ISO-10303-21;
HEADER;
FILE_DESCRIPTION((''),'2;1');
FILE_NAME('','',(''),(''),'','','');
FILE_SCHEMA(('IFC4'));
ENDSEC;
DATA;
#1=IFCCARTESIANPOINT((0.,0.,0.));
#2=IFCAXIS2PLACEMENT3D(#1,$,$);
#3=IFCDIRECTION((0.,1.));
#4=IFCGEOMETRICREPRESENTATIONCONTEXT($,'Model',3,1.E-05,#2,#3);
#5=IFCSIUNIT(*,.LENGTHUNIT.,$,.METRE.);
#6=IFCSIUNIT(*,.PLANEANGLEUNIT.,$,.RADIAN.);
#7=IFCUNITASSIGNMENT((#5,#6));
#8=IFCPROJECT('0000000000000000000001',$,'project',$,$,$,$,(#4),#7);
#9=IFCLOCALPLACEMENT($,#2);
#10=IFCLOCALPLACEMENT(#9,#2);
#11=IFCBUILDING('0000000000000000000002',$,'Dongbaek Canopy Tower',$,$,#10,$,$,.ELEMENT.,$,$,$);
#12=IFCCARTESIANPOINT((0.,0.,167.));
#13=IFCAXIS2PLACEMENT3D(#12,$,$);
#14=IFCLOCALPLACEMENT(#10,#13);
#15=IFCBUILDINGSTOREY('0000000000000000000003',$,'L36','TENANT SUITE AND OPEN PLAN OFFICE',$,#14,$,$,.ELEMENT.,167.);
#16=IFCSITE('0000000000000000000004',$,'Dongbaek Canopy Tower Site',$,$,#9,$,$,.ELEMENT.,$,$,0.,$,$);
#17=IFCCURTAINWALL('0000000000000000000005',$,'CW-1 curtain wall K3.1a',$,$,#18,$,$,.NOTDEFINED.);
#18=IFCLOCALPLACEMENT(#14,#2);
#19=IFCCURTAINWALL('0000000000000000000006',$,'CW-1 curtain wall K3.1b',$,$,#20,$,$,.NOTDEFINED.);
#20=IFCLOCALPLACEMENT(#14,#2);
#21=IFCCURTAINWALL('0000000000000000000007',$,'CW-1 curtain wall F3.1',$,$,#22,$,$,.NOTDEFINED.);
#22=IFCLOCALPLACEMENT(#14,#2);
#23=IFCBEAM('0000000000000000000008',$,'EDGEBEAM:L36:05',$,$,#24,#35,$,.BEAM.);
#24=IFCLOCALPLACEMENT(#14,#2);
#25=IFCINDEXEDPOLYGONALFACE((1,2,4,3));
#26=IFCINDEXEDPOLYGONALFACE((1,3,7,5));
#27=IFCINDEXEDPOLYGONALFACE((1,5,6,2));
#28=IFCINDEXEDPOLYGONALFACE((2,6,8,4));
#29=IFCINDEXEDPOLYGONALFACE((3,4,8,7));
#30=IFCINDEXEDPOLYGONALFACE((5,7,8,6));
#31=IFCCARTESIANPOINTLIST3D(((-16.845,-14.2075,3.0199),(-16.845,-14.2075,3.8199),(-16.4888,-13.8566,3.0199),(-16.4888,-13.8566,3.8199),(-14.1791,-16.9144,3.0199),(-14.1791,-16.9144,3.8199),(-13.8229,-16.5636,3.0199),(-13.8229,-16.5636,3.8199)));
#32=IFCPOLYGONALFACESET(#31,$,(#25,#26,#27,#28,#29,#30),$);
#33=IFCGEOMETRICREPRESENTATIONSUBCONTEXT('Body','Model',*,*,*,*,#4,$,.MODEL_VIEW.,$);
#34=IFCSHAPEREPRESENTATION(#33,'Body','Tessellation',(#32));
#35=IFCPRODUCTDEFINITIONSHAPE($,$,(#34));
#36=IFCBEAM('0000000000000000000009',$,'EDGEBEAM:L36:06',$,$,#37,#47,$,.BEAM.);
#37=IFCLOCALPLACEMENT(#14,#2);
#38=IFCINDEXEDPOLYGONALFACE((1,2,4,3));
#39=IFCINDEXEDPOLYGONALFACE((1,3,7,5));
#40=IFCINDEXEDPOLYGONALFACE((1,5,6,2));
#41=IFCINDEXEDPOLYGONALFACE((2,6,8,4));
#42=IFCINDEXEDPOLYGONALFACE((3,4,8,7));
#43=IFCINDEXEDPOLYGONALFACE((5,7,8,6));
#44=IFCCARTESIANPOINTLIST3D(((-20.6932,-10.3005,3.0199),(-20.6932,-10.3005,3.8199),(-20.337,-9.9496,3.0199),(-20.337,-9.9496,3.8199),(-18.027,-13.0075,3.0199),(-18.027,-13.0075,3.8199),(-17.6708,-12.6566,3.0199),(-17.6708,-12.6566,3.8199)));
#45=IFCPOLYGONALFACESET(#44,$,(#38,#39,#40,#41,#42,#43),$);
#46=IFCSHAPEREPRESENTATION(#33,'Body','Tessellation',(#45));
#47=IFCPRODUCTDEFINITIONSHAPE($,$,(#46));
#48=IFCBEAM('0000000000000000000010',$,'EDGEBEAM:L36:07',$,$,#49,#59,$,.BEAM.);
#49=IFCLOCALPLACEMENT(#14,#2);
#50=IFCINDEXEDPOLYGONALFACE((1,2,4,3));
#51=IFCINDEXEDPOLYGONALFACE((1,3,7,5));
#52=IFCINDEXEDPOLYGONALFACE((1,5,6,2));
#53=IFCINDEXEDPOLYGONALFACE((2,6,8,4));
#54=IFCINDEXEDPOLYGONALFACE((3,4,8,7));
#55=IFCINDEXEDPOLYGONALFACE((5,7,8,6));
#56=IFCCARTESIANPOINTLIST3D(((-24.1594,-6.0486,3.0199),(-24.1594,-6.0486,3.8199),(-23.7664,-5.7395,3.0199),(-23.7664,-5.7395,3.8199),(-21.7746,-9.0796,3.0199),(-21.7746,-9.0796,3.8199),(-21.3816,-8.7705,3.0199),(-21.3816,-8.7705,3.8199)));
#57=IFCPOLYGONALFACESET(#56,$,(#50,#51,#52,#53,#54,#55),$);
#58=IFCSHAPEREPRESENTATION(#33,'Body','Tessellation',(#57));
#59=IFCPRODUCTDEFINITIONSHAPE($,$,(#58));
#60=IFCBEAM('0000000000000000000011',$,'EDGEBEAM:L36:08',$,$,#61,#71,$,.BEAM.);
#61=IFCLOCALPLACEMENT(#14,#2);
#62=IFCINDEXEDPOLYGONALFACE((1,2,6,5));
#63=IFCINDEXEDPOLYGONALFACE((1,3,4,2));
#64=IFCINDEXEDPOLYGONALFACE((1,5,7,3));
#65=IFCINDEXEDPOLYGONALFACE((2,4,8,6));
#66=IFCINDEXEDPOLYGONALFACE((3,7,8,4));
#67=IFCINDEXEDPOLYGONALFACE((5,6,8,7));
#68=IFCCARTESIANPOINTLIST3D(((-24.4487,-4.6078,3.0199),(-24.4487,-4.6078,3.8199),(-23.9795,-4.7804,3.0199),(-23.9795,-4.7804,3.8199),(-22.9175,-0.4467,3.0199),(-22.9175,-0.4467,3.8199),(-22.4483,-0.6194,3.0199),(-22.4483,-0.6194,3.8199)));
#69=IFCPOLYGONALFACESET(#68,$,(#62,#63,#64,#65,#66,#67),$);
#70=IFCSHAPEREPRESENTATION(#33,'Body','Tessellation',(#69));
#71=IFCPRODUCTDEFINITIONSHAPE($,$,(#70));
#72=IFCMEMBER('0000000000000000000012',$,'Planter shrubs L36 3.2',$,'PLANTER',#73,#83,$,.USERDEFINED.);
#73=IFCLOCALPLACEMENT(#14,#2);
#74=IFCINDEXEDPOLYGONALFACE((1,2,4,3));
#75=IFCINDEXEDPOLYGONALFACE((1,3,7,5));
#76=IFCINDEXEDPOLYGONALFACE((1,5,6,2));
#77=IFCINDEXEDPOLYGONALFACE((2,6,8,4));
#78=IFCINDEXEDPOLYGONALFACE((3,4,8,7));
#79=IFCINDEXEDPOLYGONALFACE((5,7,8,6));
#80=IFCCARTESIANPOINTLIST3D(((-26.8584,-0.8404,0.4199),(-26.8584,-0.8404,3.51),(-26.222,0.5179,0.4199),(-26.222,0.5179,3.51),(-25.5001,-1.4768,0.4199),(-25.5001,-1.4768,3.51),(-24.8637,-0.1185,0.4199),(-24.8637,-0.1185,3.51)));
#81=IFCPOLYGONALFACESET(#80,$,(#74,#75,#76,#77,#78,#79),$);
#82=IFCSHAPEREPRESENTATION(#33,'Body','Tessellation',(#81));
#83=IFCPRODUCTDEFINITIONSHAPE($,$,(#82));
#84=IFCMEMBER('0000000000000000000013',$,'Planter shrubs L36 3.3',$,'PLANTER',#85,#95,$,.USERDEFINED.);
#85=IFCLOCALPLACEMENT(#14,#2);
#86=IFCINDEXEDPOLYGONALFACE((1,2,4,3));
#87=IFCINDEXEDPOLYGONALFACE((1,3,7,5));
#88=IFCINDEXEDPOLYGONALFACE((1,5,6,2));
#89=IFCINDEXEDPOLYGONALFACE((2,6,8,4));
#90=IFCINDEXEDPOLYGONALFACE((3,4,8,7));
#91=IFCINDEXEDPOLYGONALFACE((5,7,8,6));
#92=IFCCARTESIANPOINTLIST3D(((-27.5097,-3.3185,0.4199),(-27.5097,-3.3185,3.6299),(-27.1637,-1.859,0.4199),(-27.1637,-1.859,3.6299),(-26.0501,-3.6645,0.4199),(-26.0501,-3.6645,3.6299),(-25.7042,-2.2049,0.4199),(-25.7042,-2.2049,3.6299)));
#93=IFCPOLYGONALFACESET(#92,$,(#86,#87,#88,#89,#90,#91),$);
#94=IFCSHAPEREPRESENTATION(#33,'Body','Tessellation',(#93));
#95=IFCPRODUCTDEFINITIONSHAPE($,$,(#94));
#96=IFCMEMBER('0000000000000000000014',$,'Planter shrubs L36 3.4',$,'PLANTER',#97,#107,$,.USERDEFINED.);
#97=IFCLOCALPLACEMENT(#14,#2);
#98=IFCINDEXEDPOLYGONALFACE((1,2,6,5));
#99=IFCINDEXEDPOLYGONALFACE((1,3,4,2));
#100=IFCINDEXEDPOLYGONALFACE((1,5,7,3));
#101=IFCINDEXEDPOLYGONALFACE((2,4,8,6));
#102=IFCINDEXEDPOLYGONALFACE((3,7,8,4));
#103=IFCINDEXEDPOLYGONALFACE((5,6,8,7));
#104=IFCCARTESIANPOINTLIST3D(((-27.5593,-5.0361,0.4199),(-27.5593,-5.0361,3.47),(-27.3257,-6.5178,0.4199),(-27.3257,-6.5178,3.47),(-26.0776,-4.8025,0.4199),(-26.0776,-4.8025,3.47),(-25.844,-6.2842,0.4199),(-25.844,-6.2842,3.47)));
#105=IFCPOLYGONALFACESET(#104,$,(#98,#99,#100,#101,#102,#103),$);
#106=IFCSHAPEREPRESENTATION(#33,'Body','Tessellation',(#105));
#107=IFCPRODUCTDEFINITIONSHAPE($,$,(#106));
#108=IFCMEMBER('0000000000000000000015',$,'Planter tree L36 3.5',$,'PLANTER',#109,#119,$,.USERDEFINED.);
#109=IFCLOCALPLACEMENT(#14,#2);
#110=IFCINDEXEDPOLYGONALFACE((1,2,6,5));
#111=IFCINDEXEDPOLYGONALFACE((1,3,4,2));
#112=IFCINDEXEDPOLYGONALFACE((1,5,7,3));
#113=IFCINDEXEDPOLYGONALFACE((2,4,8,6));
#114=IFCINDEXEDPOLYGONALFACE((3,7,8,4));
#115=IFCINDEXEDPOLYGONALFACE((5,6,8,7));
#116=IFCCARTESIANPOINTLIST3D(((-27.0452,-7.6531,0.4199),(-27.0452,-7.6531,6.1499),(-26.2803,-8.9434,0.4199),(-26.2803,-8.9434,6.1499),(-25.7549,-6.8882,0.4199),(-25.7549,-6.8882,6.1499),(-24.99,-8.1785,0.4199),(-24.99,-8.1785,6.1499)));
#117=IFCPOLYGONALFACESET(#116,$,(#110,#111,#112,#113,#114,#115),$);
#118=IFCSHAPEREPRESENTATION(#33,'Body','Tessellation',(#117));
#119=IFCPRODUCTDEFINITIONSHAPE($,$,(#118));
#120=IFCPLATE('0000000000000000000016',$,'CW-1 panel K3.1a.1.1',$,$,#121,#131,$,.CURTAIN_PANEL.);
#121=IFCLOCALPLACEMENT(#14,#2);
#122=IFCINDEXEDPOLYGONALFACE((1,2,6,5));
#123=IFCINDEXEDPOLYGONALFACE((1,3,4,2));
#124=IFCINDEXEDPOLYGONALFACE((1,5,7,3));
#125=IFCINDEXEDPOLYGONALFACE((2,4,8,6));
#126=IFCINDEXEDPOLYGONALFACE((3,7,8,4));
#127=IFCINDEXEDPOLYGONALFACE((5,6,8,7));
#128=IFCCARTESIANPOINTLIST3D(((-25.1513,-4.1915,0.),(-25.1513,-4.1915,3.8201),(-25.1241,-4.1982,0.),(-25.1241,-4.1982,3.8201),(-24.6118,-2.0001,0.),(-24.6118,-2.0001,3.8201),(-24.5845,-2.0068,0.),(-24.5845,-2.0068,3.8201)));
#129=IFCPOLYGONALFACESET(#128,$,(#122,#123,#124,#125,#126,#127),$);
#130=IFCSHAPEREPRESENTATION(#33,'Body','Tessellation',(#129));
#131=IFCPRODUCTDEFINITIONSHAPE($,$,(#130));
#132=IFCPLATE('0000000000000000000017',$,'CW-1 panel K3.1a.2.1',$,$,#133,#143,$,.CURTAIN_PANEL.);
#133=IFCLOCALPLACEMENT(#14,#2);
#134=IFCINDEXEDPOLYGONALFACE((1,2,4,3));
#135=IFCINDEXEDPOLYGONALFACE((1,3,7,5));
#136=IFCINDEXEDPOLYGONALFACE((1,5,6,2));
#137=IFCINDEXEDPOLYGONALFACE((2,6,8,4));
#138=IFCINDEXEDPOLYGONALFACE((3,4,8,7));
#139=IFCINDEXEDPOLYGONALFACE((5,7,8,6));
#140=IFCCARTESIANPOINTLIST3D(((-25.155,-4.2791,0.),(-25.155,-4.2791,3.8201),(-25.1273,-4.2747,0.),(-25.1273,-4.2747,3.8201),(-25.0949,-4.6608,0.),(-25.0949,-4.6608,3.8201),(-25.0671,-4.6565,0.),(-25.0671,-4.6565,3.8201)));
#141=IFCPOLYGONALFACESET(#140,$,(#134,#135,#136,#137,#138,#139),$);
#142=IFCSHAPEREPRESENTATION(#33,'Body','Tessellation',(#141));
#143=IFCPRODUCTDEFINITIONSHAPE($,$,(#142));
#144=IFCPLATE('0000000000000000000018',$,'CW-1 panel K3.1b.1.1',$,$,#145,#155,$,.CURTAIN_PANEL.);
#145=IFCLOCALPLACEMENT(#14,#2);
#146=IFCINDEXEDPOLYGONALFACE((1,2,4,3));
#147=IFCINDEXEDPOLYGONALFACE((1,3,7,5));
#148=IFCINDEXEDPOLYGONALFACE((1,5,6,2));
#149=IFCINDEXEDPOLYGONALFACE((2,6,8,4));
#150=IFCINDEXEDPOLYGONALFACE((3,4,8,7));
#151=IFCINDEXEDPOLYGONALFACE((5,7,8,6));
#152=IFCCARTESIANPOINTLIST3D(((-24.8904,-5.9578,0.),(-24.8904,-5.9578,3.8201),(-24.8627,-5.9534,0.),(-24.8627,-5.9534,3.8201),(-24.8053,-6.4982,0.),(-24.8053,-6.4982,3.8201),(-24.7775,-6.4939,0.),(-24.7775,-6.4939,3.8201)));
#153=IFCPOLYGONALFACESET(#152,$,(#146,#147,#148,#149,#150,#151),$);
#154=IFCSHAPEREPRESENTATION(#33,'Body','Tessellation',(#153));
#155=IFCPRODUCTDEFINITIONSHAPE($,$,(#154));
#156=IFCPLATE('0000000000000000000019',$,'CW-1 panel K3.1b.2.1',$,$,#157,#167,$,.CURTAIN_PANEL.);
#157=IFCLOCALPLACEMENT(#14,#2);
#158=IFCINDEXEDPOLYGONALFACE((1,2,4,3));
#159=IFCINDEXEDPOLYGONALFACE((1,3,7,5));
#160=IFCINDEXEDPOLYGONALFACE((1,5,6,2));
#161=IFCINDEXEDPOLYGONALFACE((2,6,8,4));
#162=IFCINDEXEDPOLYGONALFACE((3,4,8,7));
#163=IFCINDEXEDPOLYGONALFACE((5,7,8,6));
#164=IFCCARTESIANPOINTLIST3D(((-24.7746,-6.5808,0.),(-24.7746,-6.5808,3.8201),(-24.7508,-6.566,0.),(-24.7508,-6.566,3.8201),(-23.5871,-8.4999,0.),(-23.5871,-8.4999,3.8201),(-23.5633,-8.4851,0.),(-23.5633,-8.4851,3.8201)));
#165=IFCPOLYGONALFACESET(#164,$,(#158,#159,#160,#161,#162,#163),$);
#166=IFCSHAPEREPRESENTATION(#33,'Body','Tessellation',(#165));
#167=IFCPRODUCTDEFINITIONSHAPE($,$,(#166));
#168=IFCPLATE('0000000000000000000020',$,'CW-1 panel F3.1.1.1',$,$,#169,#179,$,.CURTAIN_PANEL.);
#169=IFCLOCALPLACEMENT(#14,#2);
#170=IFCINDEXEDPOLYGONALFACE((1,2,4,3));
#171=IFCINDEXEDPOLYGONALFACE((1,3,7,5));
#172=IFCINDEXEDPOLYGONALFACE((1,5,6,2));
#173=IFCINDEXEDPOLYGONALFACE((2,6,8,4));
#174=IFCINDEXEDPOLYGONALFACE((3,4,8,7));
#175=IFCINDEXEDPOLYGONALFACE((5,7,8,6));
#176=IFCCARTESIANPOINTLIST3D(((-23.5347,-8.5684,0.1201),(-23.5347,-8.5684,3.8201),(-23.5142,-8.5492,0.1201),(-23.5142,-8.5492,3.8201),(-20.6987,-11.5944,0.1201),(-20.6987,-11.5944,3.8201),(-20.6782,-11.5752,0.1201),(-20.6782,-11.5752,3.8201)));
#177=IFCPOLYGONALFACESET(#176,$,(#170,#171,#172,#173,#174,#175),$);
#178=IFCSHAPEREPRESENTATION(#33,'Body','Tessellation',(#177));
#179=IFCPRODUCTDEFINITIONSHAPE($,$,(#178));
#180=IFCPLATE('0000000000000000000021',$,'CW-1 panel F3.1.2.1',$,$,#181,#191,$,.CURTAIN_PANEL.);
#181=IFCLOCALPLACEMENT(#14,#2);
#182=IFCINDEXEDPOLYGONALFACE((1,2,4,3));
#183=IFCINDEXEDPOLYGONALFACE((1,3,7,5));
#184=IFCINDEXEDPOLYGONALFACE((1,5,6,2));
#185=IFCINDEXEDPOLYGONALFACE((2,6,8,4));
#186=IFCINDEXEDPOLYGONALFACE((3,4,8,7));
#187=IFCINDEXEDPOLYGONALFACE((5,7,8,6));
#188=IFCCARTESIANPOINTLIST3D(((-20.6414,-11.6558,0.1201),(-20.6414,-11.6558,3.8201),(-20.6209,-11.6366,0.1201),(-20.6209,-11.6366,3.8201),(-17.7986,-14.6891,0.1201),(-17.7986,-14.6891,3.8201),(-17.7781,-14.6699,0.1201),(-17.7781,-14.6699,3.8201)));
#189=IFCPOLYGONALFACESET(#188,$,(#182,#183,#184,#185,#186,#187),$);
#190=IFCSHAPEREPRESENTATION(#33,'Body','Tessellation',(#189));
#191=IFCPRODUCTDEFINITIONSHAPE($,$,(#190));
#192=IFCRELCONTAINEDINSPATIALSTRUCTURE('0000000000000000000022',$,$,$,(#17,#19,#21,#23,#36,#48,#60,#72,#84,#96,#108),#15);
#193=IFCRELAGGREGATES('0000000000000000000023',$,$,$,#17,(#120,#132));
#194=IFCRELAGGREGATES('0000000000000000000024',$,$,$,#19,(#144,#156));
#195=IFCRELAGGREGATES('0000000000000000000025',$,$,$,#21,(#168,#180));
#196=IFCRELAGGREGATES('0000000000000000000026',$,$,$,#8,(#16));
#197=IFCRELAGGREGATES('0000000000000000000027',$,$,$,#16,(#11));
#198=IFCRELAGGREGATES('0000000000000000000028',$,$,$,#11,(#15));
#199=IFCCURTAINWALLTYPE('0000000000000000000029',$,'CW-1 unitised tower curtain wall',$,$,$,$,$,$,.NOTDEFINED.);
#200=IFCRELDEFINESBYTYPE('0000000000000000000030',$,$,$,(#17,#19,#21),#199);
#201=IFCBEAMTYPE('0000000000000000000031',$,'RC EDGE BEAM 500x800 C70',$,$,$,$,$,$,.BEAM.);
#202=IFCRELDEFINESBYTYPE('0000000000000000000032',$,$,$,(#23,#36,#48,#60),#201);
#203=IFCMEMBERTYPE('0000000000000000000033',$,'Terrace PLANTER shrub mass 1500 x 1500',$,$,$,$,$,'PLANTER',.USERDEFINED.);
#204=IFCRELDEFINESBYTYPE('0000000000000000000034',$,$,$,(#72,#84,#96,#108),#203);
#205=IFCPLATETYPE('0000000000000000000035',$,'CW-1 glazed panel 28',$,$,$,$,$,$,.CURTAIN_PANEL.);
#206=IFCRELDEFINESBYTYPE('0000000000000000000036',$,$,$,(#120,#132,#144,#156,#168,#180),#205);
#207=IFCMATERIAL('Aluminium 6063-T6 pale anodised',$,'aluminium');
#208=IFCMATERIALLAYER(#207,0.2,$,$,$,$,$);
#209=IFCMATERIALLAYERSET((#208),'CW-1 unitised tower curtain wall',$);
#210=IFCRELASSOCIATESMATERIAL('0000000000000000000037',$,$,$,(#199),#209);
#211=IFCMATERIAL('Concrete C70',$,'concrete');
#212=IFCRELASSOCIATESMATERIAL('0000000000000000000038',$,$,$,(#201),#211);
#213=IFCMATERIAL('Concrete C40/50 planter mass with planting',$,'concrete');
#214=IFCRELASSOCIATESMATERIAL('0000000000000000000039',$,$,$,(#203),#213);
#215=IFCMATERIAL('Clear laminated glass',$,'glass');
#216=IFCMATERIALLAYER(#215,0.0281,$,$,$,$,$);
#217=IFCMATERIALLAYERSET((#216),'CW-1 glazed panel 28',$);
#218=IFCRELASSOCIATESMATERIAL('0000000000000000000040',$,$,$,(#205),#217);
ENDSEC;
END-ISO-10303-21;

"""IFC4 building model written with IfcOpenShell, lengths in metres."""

from ifc_helpers import new_model, si_unit, direction, frame, origin, origin_2d, place, context, subcontext, project, spatial, rectangle, extrude, material, layer, layer_set, material_profile, profile_set, type_object, element, aggregate, save


model = new_model("IFC4")

# Units and contexts
model_context = context("Model", 3, precision=1e-05, world=origin(), true_north=direction((0.0, 1.0)))
body_context = subcontext(model_context, "Body", "Model", "MODEL_VIEW")
ifc_project = project(units=[si_unit("LENGTHUNIT", "METRE"), si_unit("PLANEANGLEUNIT", "RADIAN")], contexts=[model_context])

# Site, building, storey
site_placement = place(None, origin())
site = spatial("IfcSite", under=ifc_project, at=site_placement, Name="Dongbaek Canopy Tower Site", CompositionType="ELEMENT", RefElevation=0.0)
building_placement = place(site_placement, origin())
building = spatial("IfcBuilding", under=site, at=building_placement, Name="Dongbaek Canopy Tower", CompositionType="ELEMENT")
storey_placement = place(building_placement, frame((0.0, 0.0, 167.0)))
storey = spatial("IfcBuildingStorey", under=building, at=storey_placement, Name="L36", Description="TENANT SUITE AND OPEN PLAN OFFICE", CompositionType="ELEMENT", Elevation=167.0)

# Curtain walls
ifc_material_1 = material(Name="Aluminium 6063-T6 pale anodised", Category="aluminium")
ifc_layer_1 = layer(ifc_material_1, 0.2)
ifc_layer_set_1 = layer_set([ifc_layer_1], Name="CW-1 unitised tower curtain wall")
curtain_wall_type = type_object("IfcCurtainWallType", Name="CW-1 unitised tower curtain wall", PredefinedType="NOTDEFINED", material=ifc_layer_set_1)
curtain_wall_1_placement = place(storey_placement, origin())
curtain_wall_1 = element("IfcCurtainWall", 1, at=curtain_wall_1_placement, inside=storey, type_object=curtain_wall_type, Name="CW-1 curtain wall K3.1a", PredefinedType="NOTDEFINED")
curtain_wall_2_placement = place(storey_placement, origin())
curtain_wall_2 = element("IfcCurtainWall", 2, at=curtain_wall_2_placement, inside=storey, type_object=curtain_wall_type, Name="CW-1 curtain wall K3.1b", PredefinedType="NOTDEFINED")
curtain_wall_3_placement = place(storey_placement, origin())
curtain_wall_3 = element("IfcCurtainWall", 3, at=curtain_wall_3_placement, inside=storey, type_object=curtain_wall_type, Name="CW-1 curtain wall F3.1", PredefinedType="NOTDEFINED")

# Beams
ifc_material_2 = material(Name="Concrete C70", Category="concrete")
ifc_material_profile_1 = material_profile(ifc_material_2, rectangle(XDim=0.5, YDim=0.8, at=origin_2d()), Name="RC EDGE BEAM 500x800 C70")
ifc_profile_set_1 = profile_set([ifc_material_profile_1], Name="Concrete C70")
beam_type = type_object("IfcBeamType", Name="RC EDGE BEAM 500x800 C70", PredefinedType="BEAM", material=ifc_profile_set_1)
beam_1_placement = place(storey_placement, frame((-14.001, -16.739, 3.4199), z_axis=(-0.701689, 0.712484, 0.0), x_axis=(-0.712484, -0.701689, 0.0)))
element("IfcBeam", 4, at=beam_1_placement, inside=storey, type_object=beam_type, Name="EDGEBEAM:L36:05", PredefinedType="BEAM", context=body_context, shape_type="SweptSolid", body=[
    extrude(rectangle(XDim=0.5, YDim=0.8, at=origin_2d()), origin(), (0.0, 0.0, 1.0), 3.7993),
])
beam_2_placement = place(storey_placement, frame((-17.8489, -12.832, 3.4199), z_axis=(-0.701721, 0.712452, 0.0), x_axis=(-0.712452, -0.701721, 0.0)))
element("IfcBeam", 5, at=beam_2_placement, inside=storey, type_object=beam_type, Name="EDGEBEAM:L36:06", PredefinedType="BEAM", context=body_context, shape_type="SweptSolid", body=[
    extrude(rectangle(XDim=0.5, YDim=0.8, at=origin_2d()), origin(), (0.0, 0.0, 1.0), 3.7996),
])
beam_3_placement = place(storey_placement, frame((-21.5781, -8.925, 3.4199), z_axis=(-0.618344, 0.785907, 0.0), x_axis=(-0.785907, -0.618344, 0.0)))
element("IfcBeam", 6, at=beam_3_placement, inside=storey, type_object=beam_type, Name="EDGEBEAM:L36:07", PredefinedType="BEAM", context=body_context, shape_type="SweptSolid", body=[
    extrude(rectangle(XDim=0.5, YDim=0.8, at=origin_2d()), origin(), (0.0, 0.0, 1.0), 3.8567),
])
beam_4_placement = place(storey_placement, frame((-24.2141, -4.6941, 3.4199), z_axis=(0.345348, 0.938475, 0.0), x_axis=(-0.938475, 0.345348, 0.0)))
element("IfcBeam", 7, at=beam_4_placement, inside=storey, type_object=beam_type, Name="EDGEBEAM:L36:08", PredefinedType="BEAM", context=body_context, shape_type="SweptSolid", body=[
    extrude(rectangle(XDim=0.5, YDim=0.8, at=origin_2d()), origin(), (0.0, 0.0, 1.0), 4.4338),
])

# Members
ifc_material_3 = material(Name="Concrete C40/50 planter mass with planting", Category="concrete")
ifc_material_profile_2 = material_profile(ifc_material_3, rectangle(XDim=1.5, YDim=1.5, at=origin_2d()), Name="Terrace PLANTER shrub mass 1500 x 1500")
ifc_profile_set_2 = profile_set([ifc_material_profile_2], Name="Concrete C40/50 planter mass with planting")
member_type_1 = type_object("IfcMemberType", Name="Terrace PLANTER shrub mass 1500 x 1500", ElementType="PLANTER", PredefinedType="USERDEFINED", material=ifc_profile_set_2)
member_1_placement = place(storey_placement, frame((-25.8611, -0.4795, 0.4199), z_axis=(0.0, 0.0, 1.0), x_axis=(-0.905534, 0.424273, 0.0)))
element("IfcMember", 8, at=member_1_placement, inside=storey, type_object=member_type_1, Name="Planter shrubs L36 3.2", ObjectType="PLANTER", PredefinedType="USERDEFINED", context=body_context, shape_type="SweptSolid", body=[
    extrude(rectangle(XDim=1.5, YDim=1.5, at=origin_2d()), origin(), (0.0, 0.0, 1.0), 3.0901),
])
member_2_placement = place(storey_placement, frame((-26.6069, -2.7617, 0.4199), z_axis=(0.0, 0.0, 1.0), x_axis=(-0.973042, 0.23063, 0.0)))
element("IfcMember", 9, at=member_2_placement, inside=storey, type_object=member_type_1, Name="Planter shrubs L36 3.3", ObjectType="PLANTER", PredefinedType="USERDEFINED", context=body_context, shape_type="SweptSolid", body=[
    extrude(rectangle(XDim=1.5, YDim=1.5, at=origin_2d()), origin(), (0.0, 0.0, 1.0), 3.21),
])
member_3_placement = place(storey_placement, frame((-26.7017, -5.6602, 0.4199), z_axis=(0.0, 0.0, 1.0), x_axis=(-0.987803, -0.15571, 0.0)))
element("IfcMember", 10, at=member_3_placement, inside=storey, type_object=member_type_1, Name="Planter shrubs L36 3.4", ObjectType="PLANTER", PredefinedType="USERDEFINED", context=body_context, shape_type="SweptSolid", body=[
    extrude(rectangle(XDim=1.5, YDim=1.5, at=origin_2d()), origin(), (0.0, 0.0, 1.0), 3.05),
])
member_4_placement = place(storey_placement, frame((-26.0176, -7.9158, 0.4199), z_axis=(0.0, 0.0, 1.0), x_axis=(-0.860205, -0.509949, 0.0)))
element("IfcMember", 11, at=member_4_placement, inside=storey, type_object=member_type_1, Name="Planter tree L36 3.5", ObjectType="PLANTER", PredefinedType="USERDEFINED", context=body_context, shape_type="SweptSolid", body=[
    extrude(rectangle(XDim=1.5, YDim=1.5, at=origin_2d()), origin(), (0.0, 0.0, 1.0), 5.73),
])

# Plates
ifc_material_4 = material(Name="Clear laminated glass", Category="glass")
ifc_layer_2 = layer(ifc_material_4, 0.0281)
ifc_layer_set_2 = layer_set([ifc_layer_2], Name="CW-1 glazed panel 28")
plate_type = type_object("IfcPlateType", Name="CW-1 glazed panel 28", PredefinedType="CURTAIN_PANEL", material=ifc_layer_set_2)
plate_1_placement = place(storey_placement, frame((-24.8679, -3.0991, 0.0), z_axis=(0.0, 0.0, 1.0), x_axis=(-0.239077, -0.971001, 0.0)))
plate_1 = element("IfcPlate", 12, at=plate_1_placement, type_object=plate_type, Name="CW-1 panel K3.1a.1.1", PredefinedType="CURTAIN_PANEL", context=body_context, shape_type="SweptSolid", body=[
    extrude(rectangle(XDim=2.2568, YDim=0.0281, at=origin_2d()), origin(), (0.0, 0.0, 1.0), 3.8201),
])
plate_2_placement = place(storey_placement, frame((-25.1111, -4.4678, 0.0), z_axis=(0.0, 0.0, 1.0), x_axis=(0.15571, -0.987803, 0.0)))
plate_2 = element("IfcPlate", 13, at=plate_2_placement, type_object=plate_type, Name="CW-1 panel K3.1a.2.1", PredefinedType="CURTAIN_PANEL", context=body_context, shape_type="SweptSolid", body=[
    extrude(rectangle(XDim=0.3865, YDim=0.0281, at=origin_2d()), origin(), (0.0, 0.0, 1.0), 3.8201),
])
aggregate(curtain_wall_1, [plate_1, plate_2])
plate_3_placement = place(storey_placement, frame((-24.834, -6.2258, 0.0), z_axis=(0.0, 0.0, 1.0), x_axis=(0.15571, -0.987803, 0.0)))
plate_3 = element("IfcPlate", 14, at=plate_3_placement, type_object=plate_type, Name="CW-1 panel K3.1b.1.1", PredefinedType="CURTAIN_PANEL", context=body_context, shape_type="SweptSolid", body=[
    extrude(rectangle(XDim=0.5471, YDim=0.0281, at=origin_2d()), origin(), (0.0, 0.0, 1.0), 3.8201),
])
plate_4_placement = place(storey_placement, frame((-24.1689, -7.533, 0.0), z_axis=(0.0, 0.0, 1.0), x_axis=(0.526184, -0.85037, 0.0)))
plate_4 = element("IfcPlate", 15, at=plate_4_placement, type_object=plate_type, Name="CW-1 panel K3.1b.2.1", PredefinedType="CURTAIN_PANEL", context=body_context, shape_type="SweptSolid", body=[
    extrude(rectangle(XDim=2.2568, YDim=0.0281, at=origin_2d()), origin(), (0.0, 0.0, 1.0), 3.8201),
])
aggregate(curtain_wall_2, [plate_3, plate_4])
plate_5_placement = place(storey_placement, frame((-22.1064, -10.0718, 0.1201), z_axis=(0.0, 0.0, 1.0), x_axis=(0.683822, -0.729649, 0.0)))
plate_5 = element("IfcPlate", 16, at=plate_5_placement, type_object=plate_type, Name="CW-1 panel F3.1.1.1", PredefinedType="CURTAIN_PANEL", context=body_context, shape_type="SweptSolid", body=[
    extrude(rectangle(XDim=4.1472, YDim=0.0281, at=origin_2d()), origin(), (0.0, 0.0, 1.0), 3.7),
])
plate_6_placement = place(storey_placement, frame((-19.2097, -13.1628, 0.1201), z_axis=(0.0, 0.0, 1.0), x_axis=(0.683822, -0.729649, 0.0)))
plate_6 = element("IfcPlate", 17, at=plate_6_placement, type_object=plate_type, Name="CW-1 panel F3.1.2.1", PredefinedType="CURTAIN_PANEL", context=body_context, shape_type="SweptSolid", body=[
    extrude(rectangle(XDim=4.1572, YDim=0.0281, at=origin_2d()), origin(), (0.0, 0.0, 1.0), 3.7),
])

aggregate(curtain_wall_3, [plate_5, plate_6])

save(model, "model.ifc")
